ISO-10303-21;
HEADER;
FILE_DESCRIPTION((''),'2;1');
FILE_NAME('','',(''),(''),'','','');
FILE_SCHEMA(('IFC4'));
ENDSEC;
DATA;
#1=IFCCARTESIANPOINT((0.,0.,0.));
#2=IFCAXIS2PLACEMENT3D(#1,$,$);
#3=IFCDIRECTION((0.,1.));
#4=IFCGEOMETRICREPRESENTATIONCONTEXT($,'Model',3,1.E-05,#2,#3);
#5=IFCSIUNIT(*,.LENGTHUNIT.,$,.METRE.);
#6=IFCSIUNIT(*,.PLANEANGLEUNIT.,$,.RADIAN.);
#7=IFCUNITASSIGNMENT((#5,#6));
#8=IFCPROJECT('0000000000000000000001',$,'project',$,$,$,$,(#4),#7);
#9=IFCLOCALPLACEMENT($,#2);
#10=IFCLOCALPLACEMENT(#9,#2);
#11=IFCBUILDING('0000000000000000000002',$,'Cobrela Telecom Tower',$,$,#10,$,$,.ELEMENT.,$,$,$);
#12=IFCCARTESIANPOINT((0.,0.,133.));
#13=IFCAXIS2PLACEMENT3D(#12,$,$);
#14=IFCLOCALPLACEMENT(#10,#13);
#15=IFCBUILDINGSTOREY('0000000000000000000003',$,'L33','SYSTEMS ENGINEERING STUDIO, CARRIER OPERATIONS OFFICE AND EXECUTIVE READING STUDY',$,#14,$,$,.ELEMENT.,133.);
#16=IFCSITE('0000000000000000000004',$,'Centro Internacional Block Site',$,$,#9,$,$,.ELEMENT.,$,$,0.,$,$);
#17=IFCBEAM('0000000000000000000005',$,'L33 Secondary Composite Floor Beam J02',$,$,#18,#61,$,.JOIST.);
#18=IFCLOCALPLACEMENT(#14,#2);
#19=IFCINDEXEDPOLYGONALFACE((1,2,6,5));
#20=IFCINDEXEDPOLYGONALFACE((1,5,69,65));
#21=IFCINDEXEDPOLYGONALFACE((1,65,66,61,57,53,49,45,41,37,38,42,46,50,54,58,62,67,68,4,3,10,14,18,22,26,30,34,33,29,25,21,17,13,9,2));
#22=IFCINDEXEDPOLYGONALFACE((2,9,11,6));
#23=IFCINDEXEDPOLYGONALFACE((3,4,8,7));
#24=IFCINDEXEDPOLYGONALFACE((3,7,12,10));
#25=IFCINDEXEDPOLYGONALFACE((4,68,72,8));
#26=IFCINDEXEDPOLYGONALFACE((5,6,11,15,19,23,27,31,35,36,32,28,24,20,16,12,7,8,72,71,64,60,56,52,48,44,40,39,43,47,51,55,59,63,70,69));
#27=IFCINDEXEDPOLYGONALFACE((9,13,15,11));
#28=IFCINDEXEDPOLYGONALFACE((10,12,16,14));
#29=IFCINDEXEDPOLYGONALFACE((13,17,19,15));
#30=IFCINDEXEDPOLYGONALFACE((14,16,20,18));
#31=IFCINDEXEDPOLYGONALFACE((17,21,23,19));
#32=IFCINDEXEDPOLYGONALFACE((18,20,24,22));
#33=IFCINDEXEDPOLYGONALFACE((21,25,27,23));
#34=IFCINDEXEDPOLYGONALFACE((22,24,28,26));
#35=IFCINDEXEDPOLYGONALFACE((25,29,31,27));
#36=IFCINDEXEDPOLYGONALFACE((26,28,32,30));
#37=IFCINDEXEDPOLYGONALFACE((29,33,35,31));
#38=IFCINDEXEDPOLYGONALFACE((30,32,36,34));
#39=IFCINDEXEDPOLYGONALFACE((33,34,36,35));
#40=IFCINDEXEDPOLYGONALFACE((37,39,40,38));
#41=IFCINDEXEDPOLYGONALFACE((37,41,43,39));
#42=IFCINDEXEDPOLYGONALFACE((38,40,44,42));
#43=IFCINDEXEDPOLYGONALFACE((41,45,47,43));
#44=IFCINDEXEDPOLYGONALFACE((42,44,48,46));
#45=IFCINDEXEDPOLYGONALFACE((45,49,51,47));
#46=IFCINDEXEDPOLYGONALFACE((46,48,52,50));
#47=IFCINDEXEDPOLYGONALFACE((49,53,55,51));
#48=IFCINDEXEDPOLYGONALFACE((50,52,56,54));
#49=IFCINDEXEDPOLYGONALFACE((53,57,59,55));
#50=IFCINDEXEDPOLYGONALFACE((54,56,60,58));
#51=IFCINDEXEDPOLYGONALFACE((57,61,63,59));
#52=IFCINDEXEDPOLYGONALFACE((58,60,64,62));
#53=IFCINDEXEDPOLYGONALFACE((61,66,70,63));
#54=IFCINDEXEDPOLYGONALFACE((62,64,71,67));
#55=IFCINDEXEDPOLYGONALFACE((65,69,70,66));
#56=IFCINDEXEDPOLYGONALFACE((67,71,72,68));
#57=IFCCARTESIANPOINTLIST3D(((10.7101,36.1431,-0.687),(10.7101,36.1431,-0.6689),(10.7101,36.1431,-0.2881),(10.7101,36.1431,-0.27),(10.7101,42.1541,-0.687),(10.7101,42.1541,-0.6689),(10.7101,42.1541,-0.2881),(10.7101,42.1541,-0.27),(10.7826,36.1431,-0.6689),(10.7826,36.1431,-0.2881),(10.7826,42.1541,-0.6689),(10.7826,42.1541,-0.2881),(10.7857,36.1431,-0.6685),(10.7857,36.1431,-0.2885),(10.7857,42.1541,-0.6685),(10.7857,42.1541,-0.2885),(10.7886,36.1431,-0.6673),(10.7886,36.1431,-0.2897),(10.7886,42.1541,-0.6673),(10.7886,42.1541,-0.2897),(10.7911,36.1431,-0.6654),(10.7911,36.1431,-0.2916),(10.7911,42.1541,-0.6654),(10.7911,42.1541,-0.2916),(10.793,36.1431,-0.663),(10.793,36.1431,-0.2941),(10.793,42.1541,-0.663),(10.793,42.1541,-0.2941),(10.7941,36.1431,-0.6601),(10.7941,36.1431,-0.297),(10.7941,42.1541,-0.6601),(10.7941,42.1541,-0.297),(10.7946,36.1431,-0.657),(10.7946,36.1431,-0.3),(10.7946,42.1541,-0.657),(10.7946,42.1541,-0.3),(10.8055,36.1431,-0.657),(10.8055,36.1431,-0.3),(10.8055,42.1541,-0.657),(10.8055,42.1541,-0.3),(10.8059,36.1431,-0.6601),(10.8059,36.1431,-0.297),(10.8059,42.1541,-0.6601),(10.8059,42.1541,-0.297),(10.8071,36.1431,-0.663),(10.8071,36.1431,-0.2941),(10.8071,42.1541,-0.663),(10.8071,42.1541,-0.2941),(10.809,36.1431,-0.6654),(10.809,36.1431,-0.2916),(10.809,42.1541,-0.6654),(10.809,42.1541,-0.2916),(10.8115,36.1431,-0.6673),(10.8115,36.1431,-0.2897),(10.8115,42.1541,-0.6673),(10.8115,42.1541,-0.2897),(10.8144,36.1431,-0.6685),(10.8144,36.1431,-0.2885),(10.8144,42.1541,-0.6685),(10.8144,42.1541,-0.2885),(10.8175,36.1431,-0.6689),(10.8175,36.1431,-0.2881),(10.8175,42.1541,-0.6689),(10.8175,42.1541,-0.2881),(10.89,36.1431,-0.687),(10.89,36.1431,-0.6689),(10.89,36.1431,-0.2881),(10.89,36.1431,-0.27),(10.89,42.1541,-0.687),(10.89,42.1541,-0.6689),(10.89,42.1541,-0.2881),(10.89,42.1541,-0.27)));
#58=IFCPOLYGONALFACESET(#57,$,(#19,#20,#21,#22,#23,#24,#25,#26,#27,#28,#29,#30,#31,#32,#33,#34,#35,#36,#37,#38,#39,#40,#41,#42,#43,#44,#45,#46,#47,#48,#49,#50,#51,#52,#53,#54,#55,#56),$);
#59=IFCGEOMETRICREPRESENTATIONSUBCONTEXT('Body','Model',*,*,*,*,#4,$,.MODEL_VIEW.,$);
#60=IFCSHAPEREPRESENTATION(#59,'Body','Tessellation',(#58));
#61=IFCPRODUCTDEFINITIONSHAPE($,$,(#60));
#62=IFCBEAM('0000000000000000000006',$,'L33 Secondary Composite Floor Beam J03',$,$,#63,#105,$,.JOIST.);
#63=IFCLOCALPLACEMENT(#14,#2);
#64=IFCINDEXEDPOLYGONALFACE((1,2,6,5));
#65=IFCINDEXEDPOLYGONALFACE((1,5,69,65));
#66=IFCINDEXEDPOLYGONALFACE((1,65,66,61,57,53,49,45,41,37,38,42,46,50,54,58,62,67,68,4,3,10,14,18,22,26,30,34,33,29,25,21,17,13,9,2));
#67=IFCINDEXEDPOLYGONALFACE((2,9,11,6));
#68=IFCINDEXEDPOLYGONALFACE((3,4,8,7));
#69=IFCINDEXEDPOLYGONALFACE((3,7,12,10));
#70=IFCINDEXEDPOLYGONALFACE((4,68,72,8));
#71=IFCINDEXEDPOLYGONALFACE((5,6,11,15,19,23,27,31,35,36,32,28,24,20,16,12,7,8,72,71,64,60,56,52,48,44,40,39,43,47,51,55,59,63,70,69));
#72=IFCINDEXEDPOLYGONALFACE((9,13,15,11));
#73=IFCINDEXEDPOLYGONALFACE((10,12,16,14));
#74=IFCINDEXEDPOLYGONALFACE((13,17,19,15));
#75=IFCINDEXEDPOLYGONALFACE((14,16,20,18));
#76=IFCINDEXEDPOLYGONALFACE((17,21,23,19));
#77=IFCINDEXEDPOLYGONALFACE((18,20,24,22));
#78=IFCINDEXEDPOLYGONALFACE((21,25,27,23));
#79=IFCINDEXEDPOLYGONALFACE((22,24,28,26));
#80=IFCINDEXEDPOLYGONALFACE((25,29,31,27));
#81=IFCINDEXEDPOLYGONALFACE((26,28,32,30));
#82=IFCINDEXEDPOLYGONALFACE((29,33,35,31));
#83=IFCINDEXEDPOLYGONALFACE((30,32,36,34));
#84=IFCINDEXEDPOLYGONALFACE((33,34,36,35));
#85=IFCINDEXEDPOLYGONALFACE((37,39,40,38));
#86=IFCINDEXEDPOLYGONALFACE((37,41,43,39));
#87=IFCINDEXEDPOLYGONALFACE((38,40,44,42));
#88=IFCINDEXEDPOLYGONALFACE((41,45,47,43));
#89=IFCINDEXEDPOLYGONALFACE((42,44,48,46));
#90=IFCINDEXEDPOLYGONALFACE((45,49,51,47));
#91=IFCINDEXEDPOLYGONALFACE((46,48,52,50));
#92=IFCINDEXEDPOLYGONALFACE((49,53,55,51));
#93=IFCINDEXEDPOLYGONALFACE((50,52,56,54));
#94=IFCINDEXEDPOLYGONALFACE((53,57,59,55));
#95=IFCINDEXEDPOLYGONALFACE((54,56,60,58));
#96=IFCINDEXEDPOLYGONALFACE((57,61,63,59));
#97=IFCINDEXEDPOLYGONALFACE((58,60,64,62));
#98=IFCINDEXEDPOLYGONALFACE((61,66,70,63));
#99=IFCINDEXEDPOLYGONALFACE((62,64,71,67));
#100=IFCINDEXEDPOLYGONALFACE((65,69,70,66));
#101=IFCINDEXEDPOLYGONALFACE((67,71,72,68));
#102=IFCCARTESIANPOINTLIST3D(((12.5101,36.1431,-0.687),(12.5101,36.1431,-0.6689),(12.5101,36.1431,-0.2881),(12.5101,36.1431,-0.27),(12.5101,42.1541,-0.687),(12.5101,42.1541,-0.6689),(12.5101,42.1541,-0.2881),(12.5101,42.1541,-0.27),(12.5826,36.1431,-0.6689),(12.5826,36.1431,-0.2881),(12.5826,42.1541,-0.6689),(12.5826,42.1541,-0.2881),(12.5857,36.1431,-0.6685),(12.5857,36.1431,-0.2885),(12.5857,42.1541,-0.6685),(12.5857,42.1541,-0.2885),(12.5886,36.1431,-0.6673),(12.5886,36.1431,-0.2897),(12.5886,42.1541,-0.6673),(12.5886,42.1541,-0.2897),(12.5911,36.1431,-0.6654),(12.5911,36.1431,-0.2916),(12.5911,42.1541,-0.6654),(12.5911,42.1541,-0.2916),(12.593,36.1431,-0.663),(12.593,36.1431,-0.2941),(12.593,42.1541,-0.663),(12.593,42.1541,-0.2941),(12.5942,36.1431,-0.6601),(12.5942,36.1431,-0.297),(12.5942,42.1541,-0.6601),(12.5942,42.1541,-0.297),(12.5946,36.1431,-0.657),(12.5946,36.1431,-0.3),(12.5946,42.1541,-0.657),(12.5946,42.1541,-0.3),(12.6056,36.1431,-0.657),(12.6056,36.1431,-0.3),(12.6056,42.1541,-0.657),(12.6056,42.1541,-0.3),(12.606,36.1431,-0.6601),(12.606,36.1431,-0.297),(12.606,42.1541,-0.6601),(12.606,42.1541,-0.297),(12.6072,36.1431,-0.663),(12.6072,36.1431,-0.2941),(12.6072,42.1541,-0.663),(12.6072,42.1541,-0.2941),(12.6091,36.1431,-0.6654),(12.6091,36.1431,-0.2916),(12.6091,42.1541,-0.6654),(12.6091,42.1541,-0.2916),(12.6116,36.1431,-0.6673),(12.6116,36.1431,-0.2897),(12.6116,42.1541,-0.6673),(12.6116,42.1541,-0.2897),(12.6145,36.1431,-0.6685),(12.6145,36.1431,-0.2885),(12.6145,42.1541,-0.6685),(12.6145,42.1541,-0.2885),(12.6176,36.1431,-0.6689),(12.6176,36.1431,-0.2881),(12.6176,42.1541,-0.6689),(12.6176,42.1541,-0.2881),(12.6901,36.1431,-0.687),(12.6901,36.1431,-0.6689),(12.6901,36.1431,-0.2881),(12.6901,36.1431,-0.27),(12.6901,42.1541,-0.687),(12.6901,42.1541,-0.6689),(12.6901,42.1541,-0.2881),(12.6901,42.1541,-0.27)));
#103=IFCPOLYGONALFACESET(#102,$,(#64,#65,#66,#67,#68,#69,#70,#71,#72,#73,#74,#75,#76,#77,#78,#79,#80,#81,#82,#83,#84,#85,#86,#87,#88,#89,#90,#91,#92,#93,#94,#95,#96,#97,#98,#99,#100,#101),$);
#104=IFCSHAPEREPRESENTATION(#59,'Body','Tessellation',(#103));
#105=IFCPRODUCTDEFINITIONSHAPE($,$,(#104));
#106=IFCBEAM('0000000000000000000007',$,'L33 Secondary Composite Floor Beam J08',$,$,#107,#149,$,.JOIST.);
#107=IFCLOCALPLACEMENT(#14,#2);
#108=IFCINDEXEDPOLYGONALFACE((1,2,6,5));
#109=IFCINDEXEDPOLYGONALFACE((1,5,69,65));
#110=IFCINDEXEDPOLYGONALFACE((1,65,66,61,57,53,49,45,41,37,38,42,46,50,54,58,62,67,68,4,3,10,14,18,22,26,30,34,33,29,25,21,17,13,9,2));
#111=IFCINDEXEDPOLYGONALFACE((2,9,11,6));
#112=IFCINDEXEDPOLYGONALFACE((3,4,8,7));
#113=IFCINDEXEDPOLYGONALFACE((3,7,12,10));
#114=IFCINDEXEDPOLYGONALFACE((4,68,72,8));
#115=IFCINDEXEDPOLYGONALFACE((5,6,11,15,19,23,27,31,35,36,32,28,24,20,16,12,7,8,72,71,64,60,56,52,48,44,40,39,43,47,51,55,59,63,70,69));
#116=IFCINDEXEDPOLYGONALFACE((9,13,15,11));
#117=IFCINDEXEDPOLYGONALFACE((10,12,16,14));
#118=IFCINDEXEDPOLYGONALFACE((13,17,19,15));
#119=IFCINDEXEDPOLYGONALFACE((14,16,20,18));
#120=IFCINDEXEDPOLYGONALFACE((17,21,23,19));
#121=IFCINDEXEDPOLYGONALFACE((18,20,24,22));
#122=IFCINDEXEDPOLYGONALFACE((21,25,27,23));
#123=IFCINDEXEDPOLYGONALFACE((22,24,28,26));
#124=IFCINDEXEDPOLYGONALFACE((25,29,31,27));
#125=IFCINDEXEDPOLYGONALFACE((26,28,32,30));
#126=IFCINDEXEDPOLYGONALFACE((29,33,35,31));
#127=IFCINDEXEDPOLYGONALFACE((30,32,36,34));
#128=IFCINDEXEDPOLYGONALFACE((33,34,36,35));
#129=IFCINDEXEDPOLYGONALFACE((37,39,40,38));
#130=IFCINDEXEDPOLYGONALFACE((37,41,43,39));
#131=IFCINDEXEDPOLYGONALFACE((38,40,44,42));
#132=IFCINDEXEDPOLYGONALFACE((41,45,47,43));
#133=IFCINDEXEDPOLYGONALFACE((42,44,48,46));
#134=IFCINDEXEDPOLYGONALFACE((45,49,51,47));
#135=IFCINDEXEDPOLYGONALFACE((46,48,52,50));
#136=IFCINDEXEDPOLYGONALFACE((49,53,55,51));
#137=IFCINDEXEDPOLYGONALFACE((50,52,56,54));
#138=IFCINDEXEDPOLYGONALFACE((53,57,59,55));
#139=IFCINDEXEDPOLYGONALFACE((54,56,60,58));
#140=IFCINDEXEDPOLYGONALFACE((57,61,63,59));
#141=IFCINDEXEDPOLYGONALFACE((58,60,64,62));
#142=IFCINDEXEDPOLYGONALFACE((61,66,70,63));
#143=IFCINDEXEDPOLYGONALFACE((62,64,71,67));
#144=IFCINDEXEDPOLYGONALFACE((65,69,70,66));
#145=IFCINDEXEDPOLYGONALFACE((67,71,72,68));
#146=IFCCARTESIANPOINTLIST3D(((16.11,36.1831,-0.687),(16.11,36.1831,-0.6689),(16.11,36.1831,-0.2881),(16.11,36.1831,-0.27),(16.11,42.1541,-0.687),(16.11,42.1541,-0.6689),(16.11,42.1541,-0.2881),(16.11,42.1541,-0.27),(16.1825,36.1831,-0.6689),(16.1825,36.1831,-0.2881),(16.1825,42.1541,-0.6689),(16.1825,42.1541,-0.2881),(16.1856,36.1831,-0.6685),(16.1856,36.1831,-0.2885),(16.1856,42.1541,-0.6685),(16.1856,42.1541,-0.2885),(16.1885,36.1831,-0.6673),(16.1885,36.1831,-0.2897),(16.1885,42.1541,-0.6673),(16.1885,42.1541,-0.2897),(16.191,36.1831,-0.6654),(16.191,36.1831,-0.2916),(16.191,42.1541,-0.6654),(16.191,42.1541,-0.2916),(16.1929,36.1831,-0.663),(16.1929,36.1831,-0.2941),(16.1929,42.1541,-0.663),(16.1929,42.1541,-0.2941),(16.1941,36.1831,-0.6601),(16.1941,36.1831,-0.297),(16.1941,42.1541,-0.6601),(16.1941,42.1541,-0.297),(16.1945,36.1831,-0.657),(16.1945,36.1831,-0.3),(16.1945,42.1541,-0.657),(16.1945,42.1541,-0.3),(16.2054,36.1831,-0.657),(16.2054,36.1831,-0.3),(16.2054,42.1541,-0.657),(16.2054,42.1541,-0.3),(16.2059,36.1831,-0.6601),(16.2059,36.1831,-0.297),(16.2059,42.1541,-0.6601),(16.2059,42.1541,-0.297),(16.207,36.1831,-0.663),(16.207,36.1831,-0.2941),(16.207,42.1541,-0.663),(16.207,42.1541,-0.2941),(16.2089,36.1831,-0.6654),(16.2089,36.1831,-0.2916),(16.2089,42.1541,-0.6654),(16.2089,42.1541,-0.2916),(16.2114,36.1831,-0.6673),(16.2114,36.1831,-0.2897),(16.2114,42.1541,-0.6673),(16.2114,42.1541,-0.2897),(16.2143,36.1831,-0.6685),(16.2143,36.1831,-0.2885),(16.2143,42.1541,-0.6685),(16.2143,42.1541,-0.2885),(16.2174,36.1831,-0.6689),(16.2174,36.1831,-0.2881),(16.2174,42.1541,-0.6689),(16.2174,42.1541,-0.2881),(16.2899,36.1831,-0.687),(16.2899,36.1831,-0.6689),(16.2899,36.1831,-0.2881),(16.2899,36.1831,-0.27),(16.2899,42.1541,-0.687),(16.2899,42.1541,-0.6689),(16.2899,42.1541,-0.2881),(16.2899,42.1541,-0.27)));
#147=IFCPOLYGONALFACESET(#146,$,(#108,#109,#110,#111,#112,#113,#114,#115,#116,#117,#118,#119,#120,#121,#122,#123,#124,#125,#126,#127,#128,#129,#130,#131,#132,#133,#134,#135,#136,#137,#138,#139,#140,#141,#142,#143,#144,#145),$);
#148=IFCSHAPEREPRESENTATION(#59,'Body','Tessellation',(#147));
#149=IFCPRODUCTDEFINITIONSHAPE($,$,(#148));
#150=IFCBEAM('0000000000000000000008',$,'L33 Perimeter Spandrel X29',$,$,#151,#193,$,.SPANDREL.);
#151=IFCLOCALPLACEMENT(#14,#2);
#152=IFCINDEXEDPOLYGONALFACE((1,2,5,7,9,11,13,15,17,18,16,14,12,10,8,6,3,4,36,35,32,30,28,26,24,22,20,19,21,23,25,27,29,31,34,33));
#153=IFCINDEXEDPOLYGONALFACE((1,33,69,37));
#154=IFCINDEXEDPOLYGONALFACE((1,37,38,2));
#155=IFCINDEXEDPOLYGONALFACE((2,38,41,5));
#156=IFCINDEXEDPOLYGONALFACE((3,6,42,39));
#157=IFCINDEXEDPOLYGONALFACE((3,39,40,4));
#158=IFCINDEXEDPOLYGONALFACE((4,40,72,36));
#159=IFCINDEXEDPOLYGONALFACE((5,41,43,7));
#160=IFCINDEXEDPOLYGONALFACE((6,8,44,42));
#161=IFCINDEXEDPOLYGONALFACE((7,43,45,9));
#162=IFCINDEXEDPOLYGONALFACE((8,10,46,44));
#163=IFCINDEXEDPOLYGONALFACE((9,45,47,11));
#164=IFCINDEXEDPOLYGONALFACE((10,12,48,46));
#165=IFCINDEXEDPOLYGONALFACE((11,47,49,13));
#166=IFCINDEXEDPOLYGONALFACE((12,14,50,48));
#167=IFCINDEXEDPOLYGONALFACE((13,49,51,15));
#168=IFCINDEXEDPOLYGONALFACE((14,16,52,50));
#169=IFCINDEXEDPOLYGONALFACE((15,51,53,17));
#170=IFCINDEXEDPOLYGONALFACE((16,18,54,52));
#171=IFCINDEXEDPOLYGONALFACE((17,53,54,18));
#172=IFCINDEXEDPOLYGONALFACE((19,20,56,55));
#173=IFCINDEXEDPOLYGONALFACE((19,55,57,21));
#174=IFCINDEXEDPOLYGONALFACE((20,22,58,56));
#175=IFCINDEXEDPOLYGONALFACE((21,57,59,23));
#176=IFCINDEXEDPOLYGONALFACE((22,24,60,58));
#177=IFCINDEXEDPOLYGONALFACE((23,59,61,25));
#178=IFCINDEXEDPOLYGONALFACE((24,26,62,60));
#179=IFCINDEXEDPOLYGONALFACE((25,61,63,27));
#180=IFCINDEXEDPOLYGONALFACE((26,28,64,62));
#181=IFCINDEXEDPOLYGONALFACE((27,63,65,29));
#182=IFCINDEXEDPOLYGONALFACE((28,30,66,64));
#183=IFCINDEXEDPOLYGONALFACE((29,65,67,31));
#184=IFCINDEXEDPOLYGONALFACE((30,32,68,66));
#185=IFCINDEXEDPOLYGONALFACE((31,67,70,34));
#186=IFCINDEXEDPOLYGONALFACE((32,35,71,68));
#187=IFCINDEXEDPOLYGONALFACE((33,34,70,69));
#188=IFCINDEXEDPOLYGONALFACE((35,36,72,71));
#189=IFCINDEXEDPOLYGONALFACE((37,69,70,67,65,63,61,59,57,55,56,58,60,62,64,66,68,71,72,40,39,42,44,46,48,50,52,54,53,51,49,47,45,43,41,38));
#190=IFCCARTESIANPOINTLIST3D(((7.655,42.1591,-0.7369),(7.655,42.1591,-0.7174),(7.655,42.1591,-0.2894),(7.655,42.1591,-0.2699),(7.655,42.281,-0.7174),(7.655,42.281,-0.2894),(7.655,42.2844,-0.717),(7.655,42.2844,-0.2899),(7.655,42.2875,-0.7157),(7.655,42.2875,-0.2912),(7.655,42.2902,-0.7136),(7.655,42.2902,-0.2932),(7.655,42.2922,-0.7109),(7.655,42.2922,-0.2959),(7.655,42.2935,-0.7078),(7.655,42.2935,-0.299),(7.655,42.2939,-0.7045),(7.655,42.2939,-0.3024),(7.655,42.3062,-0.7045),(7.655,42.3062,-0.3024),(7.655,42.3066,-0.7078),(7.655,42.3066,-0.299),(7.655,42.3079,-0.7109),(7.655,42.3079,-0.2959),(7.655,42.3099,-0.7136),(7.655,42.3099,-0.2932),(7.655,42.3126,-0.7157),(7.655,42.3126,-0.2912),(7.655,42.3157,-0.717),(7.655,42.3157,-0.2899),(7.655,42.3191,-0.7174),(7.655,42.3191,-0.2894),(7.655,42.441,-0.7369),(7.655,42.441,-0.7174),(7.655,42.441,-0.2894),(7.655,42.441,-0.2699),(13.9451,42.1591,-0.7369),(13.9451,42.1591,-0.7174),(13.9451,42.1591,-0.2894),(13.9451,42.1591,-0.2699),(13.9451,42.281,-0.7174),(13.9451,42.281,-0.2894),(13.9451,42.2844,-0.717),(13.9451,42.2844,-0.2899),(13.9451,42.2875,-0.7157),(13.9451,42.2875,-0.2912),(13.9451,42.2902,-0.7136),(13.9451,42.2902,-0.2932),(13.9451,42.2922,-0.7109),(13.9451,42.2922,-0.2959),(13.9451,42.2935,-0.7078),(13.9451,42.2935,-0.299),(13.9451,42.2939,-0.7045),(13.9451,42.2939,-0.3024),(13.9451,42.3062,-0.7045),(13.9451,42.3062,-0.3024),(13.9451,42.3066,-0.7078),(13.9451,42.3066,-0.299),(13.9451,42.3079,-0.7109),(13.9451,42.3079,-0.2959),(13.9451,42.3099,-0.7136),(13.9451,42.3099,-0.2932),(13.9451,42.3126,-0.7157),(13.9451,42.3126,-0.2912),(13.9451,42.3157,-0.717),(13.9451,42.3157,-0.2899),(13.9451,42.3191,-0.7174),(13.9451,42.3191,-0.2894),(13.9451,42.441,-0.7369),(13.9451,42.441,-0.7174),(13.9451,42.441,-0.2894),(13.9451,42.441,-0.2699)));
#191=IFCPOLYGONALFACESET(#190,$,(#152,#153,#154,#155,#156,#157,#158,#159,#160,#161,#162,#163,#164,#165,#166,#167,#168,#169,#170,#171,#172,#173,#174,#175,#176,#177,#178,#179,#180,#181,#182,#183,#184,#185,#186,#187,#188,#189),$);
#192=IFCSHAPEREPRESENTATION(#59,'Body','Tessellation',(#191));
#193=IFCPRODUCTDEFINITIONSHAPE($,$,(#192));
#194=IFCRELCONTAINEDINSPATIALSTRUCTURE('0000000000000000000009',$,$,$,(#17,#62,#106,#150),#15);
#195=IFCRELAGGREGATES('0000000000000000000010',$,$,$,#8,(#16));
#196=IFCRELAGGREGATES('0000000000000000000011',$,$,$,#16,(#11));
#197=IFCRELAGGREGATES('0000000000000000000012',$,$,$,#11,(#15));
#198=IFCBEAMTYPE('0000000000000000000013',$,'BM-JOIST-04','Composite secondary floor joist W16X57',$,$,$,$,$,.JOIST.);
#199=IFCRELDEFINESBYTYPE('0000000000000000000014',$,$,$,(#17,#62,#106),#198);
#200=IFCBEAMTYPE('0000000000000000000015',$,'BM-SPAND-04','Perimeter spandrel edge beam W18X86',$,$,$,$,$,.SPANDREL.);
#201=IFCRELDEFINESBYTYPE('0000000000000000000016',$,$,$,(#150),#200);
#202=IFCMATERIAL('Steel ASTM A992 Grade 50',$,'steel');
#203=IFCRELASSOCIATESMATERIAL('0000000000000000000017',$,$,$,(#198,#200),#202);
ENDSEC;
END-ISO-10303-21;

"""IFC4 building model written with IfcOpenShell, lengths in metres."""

from ifc_helpers import new_model, si_unit, direction, frame, origin, origin_2d, place, context, subcontext, project, spatial, i_section, extrude, material, material_profile, profile_set, type_object, element, save


model = new_model("IFC4")

# Units and contexts
model_context = context("Model", 3, precision=1e-05, world=origin(), true_north=direction((0.0, 1.0)))
body_context = subcontext(model_context, "Body", "Model", "MODEL_VIEW")
ifc_project = project(units=[si_unit("LENGTHUNIT", "METRE"), si_unit("PLANEANGLEUNIT", "RADIAN")], contexts=[model_context])

# Site, building, storey
site_placement = place(None, origin())
site = spatial("IfcSite", under=ifc_project, at=site_placement, Name="Centro Internacional Block Site", CompositionType="ELEMENT", RefElevation=0.0)
building_placement = place(site_placement, origin())
building = spatial("IfcBuilding", under=site, at=building_placement, Name="Cobrela Telecom Tower", CompositionType="ELEMENT")
storey_placement = place(building_placement, frame((0.0, 0.0, 133.0)))
storey = spatial("IfcBuildingStorey", under=building, at=storey_placement, Name="L33", Description="SYSTEMS ENGINEERING STUDIO, CARRIER OPERATIONS OFFICE AND EXECUTIVE READING STUDY", CompositionType="ELEMENT", Elevation=133.0)

# Beams
ifc_material_1 = material(Name="Steel ASTM A992 Grade 50", Category="steel")
ifc_material_profile_1 = material_profile(ifc_material_1, i_section(OverallWidth=0.1799, OverallDepth=0.417, WebThickness=0.011, FlangeThickness=0.0181, FilletRadius=0.012, at=origin_2d()), Name="W16X57")
ifc_profile_set_1 = profile_set([ifc_material_profile_1], Name="Steel ASTM A992 Grade 50")
beam_type_1 = type_object("IfcBeamType", Name="BM-JOIST-04", Description="Composite secondary floor joist W16X57", PredefinedType="JOIST", material=ifc_profile_set_1)
for number, where, z_axis, x_axis, name in (
    (1, (10.8, 36.1431, -0.4785), (0.0, 1.0, 0.0), (-1.0, 0.0, 0.0), "L33 Secondary Composite Floor Beam J02"),
    (2, (12.6001, 36.1431, -0.4785), (0.0, 1.0, 0.0), (-1.0, 0.0, 0.0), "L33 Secondary Composite Floor Beam J03"),
):
    element("IfcBeam", number, at=place(storey_placement, frame(where, z_axis=z_axis, x_axis=x_axis)), inside=storey, type_object=beam_type_1, Name=name, PredefinedType="JOIST", context=body_context, shape_type="SweptSolid", body=[
        extrude(i_section(OverallWidth=0.1799, OverallDepth=0.417, WebThickness=0.011, FlangeThickness=0.0181, FilletRadius=0.012, at=origin_2d()), origin(), (0.0, 0.0, 1.0), 6.011),
    ])
beam_1_placement = place(storey_placement, frame((16.2, 36.1831, -0.4785), z_axis=(0.0, 1.0, 0.0), x_axis=(-1.0, 0.0, 0.0)))
element("IfcBeam", 3, at=beam_1_placement, inside=storey, type_object=beam_type_1, Name="L33 Secondary Composite Floor Beam J08", PredefinedType="JOIST", context=body_context, shape_type="SweptSolid", body=[
    extrude(i_section(OverallWidth=0.1799, OverallDepth=0.417, WebThickness=0.011, FlangeThickness=0.0181, FilletRadius=0.012, at=origin_2d()), origin(), (0.0, 0.0, 1.0), 5.9709),
])
ifc_material_profile_2 = material_profile(ifc_material_1, i_section(OverallWidth=0.282, OverallDepth=0.467, WebThickness=0.0122, FlangeThickness=0.0195, FilletRadius=0.0129, at=origin_2d()), Name="W18X86")
ifc_profile_set_2 = profile_set([ifc_material_profile_2], Name="Steel ASTM A992 Grade 50")
beam_type_2 = type_object("IfcBeamType", Name="BM-SPAND-04", Description="Perimeter spandrel edge beam W18X86", PredefinedType="SPANDREL", material=ifc_profile_set_2)
for number, where, z_axis, x_axis, name in (
    (4, (7.655, 42.3, -0.5034), (1.0, 0.0, 0.0), (0.0, 1.0, 0.0), "L33 Perimeter Spandrel X29"),
):
    element("IfcBeam", number, at=place(storey_placement, frame(where, z_axis=z_axis, x_axis=x_axis)), inside=storey, type_object=beam_type_2, Name=name, PredefinedType="SPANDREL", context=body_context, shape_type="SweptSolid", body=[
        extrude(i_section(OverallWidth=0.282, OverallDepth=0.467, WebThickness=0.0122, FlangeThickness=0.0195, FilletRadius=0.0129, at=origin_2d()), origin(), (0.0, 0.0, 1.0), 6.29),
    ])

save(model, "model.ifc")
